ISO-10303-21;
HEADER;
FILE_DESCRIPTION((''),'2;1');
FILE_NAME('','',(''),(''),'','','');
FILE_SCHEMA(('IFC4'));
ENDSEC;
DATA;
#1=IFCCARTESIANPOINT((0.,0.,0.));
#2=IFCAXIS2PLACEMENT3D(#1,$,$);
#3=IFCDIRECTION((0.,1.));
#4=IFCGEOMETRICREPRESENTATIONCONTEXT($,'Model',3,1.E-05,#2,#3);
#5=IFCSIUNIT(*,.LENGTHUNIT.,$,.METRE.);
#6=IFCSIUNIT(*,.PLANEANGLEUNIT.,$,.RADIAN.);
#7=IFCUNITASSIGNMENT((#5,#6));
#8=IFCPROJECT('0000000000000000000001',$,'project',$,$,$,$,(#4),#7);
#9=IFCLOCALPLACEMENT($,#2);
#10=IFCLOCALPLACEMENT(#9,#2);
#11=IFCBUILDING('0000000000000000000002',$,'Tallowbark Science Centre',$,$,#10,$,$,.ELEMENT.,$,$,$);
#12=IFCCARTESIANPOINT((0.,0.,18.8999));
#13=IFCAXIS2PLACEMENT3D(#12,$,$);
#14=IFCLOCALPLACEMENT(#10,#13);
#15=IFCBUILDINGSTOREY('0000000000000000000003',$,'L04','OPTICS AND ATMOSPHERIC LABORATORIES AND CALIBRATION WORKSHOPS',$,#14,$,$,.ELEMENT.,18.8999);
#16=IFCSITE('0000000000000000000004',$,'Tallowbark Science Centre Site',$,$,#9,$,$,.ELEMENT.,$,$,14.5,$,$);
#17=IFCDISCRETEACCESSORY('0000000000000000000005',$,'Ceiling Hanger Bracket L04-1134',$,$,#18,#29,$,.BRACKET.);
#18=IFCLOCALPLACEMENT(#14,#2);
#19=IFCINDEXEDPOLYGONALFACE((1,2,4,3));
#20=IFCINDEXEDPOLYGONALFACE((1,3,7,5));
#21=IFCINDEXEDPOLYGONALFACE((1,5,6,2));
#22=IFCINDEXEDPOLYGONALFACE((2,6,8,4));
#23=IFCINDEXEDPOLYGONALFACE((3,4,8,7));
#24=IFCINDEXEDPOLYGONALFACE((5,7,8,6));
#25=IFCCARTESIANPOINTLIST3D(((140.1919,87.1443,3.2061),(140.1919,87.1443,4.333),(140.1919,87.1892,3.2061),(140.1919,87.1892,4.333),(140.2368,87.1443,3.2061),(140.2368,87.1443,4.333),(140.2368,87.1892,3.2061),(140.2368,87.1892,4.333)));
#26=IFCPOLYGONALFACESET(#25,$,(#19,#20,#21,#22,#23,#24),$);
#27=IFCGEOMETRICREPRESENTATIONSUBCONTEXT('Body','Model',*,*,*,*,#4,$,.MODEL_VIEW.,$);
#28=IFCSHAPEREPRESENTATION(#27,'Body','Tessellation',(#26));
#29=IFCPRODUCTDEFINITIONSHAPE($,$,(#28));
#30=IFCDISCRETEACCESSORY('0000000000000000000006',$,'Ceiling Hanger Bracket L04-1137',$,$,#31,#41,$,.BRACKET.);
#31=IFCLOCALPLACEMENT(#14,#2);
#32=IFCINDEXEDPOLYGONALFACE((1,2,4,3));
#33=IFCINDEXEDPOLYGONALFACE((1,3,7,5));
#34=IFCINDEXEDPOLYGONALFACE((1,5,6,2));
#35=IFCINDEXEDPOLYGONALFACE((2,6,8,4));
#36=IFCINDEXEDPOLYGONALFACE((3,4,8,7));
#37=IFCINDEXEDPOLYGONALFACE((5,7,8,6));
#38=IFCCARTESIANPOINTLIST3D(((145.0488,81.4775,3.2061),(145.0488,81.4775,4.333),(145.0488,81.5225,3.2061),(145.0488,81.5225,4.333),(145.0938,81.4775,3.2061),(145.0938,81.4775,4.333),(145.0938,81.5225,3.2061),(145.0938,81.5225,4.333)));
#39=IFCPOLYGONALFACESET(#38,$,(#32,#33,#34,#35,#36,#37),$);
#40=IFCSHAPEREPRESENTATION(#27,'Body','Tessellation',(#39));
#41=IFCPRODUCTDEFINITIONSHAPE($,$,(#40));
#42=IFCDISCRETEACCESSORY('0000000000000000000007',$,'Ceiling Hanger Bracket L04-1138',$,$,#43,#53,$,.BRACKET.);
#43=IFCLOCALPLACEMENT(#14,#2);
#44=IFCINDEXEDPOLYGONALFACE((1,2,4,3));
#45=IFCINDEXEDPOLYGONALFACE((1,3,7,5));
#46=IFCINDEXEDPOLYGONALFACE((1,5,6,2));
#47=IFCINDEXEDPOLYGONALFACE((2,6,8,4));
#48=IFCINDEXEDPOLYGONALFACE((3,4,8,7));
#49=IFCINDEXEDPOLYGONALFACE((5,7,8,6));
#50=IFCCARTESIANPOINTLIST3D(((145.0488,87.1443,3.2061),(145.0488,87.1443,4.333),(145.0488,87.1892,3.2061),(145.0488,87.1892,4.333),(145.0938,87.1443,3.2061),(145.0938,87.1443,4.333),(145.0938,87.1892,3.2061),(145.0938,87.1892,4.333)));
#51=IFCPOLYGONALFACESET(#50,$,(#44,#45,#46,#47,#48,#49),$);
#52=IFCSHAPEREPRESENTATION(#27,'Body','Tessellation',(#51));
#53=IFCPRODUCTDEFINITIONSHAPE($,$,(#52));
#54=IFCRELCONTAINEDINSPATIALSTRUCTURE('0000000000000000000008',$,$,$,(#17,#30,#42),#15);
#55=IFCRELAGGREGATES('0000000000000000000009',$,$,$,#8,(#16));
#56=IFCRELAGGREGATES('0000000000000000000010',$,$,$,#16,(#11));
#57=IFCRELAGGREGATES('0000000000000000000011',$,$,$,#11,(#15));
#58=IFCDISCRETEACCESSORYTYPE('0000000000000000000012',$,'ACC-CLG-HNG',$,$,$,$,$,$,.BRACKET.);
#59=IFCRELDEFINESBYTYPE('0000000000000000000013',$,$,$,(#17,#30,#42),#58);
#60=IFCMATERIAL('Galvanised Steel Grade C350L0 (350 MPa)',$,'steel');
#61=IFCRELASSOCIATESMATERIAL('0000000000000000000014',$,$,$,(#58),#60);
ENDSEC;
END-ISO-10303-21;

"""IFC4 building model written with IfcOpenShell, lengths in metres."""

from ifc_helpers import new_model, si_unit, direction, frame, origin, origin_2d, place, context, subcontext, project, spatial, rectangle, extrude, material, type_object, element, save


model = new_model("IFC4")

# Units and contexts
model_context = context("Model", 3, precision=1e-05, world=origin(), true_north=direction((0.0, 1.0)))
body_context = subcontext(model_context, "Body", "Model", "MODEL_VIEW")
ifc_project = project(units=[si_unit("LENGTHUNIT", "METRE"), si_unit("PLANEANGLEUNIT", "RADIAN")], contexts=[model_context])

# Site, building, storey
site_placement = place(None, origin())
site = spatial("IfcSite", under=ifc_project, at=site_placement, Name="Tallowbark Science Centre Site", CompositionType="ELEMENT", RefElevation=14.5)
building_placement = place(site_placement, origin())
building = spatial("IfcBuilding", under=site, at=building_placement, Name="Tallowbark Science Centre", CompositionType="ELEMENT")
storey_placement = place(building_placement, frame((0.0, 0.0, 18.8999)))
storey = spatial("IfcBuildingStorey", under=building, at=storey_placement, Name="L04", Description="OPTICS AND ATMOSPHERIC LABORATORIES AND CALIBRATION WORKSHOPS", CompositionType="ELEMENT", Elevation=18.8999)

# Discrete accessories
ifc_material_1 = material(Name="Galvanised Steel Grade C350L0 (350 MPa)", Category="steel")
discrete_accessory_type = type_object("IfcDiscreteAccessoryType", Name="ACC-CLG-HNG", PredefinedType="BRACKET", material=ifc_material_1)
for number, where, z_axis, x_axis, name in (
    (1, (140.2144, 87.1667, 3.2061), (0.0, 0.0, 1.0), (1.0, 0.0, 0.0), "Ceiling Hanger Bracket L04-1134"),
    (2, (145.0713, 81.5, 3.2061), (0.0, 0.0, 1.0), (1.0, 0.0, 0.0), "Ceiling Hanger Bracket L04-1137"),
    (3, (145.0713, 87.1667, 3.2061), (0.0, 0.0, 1.0), (1.0, 0.0, 0.0), "Ceiling Hanger Bracket L04-1138"),
):
    element("IfcDiscreteAccessory", number, at=place(storey_placement, frame(where, z_axis=z_axis, x_axis=x_axis)), inside=storey, type_object=discrete_accessory_type, Name=name, PredefinedType="BRACKET", context=body_context, shape_type="SweptSolid", body=[
        extrude(rectangle(XDim=0.0449, YDim=0.0449, at=origin_2d()), origin(), (0.0, 0.0, 1.0), 1.127),
    ])

save(model, "model.ifc")
